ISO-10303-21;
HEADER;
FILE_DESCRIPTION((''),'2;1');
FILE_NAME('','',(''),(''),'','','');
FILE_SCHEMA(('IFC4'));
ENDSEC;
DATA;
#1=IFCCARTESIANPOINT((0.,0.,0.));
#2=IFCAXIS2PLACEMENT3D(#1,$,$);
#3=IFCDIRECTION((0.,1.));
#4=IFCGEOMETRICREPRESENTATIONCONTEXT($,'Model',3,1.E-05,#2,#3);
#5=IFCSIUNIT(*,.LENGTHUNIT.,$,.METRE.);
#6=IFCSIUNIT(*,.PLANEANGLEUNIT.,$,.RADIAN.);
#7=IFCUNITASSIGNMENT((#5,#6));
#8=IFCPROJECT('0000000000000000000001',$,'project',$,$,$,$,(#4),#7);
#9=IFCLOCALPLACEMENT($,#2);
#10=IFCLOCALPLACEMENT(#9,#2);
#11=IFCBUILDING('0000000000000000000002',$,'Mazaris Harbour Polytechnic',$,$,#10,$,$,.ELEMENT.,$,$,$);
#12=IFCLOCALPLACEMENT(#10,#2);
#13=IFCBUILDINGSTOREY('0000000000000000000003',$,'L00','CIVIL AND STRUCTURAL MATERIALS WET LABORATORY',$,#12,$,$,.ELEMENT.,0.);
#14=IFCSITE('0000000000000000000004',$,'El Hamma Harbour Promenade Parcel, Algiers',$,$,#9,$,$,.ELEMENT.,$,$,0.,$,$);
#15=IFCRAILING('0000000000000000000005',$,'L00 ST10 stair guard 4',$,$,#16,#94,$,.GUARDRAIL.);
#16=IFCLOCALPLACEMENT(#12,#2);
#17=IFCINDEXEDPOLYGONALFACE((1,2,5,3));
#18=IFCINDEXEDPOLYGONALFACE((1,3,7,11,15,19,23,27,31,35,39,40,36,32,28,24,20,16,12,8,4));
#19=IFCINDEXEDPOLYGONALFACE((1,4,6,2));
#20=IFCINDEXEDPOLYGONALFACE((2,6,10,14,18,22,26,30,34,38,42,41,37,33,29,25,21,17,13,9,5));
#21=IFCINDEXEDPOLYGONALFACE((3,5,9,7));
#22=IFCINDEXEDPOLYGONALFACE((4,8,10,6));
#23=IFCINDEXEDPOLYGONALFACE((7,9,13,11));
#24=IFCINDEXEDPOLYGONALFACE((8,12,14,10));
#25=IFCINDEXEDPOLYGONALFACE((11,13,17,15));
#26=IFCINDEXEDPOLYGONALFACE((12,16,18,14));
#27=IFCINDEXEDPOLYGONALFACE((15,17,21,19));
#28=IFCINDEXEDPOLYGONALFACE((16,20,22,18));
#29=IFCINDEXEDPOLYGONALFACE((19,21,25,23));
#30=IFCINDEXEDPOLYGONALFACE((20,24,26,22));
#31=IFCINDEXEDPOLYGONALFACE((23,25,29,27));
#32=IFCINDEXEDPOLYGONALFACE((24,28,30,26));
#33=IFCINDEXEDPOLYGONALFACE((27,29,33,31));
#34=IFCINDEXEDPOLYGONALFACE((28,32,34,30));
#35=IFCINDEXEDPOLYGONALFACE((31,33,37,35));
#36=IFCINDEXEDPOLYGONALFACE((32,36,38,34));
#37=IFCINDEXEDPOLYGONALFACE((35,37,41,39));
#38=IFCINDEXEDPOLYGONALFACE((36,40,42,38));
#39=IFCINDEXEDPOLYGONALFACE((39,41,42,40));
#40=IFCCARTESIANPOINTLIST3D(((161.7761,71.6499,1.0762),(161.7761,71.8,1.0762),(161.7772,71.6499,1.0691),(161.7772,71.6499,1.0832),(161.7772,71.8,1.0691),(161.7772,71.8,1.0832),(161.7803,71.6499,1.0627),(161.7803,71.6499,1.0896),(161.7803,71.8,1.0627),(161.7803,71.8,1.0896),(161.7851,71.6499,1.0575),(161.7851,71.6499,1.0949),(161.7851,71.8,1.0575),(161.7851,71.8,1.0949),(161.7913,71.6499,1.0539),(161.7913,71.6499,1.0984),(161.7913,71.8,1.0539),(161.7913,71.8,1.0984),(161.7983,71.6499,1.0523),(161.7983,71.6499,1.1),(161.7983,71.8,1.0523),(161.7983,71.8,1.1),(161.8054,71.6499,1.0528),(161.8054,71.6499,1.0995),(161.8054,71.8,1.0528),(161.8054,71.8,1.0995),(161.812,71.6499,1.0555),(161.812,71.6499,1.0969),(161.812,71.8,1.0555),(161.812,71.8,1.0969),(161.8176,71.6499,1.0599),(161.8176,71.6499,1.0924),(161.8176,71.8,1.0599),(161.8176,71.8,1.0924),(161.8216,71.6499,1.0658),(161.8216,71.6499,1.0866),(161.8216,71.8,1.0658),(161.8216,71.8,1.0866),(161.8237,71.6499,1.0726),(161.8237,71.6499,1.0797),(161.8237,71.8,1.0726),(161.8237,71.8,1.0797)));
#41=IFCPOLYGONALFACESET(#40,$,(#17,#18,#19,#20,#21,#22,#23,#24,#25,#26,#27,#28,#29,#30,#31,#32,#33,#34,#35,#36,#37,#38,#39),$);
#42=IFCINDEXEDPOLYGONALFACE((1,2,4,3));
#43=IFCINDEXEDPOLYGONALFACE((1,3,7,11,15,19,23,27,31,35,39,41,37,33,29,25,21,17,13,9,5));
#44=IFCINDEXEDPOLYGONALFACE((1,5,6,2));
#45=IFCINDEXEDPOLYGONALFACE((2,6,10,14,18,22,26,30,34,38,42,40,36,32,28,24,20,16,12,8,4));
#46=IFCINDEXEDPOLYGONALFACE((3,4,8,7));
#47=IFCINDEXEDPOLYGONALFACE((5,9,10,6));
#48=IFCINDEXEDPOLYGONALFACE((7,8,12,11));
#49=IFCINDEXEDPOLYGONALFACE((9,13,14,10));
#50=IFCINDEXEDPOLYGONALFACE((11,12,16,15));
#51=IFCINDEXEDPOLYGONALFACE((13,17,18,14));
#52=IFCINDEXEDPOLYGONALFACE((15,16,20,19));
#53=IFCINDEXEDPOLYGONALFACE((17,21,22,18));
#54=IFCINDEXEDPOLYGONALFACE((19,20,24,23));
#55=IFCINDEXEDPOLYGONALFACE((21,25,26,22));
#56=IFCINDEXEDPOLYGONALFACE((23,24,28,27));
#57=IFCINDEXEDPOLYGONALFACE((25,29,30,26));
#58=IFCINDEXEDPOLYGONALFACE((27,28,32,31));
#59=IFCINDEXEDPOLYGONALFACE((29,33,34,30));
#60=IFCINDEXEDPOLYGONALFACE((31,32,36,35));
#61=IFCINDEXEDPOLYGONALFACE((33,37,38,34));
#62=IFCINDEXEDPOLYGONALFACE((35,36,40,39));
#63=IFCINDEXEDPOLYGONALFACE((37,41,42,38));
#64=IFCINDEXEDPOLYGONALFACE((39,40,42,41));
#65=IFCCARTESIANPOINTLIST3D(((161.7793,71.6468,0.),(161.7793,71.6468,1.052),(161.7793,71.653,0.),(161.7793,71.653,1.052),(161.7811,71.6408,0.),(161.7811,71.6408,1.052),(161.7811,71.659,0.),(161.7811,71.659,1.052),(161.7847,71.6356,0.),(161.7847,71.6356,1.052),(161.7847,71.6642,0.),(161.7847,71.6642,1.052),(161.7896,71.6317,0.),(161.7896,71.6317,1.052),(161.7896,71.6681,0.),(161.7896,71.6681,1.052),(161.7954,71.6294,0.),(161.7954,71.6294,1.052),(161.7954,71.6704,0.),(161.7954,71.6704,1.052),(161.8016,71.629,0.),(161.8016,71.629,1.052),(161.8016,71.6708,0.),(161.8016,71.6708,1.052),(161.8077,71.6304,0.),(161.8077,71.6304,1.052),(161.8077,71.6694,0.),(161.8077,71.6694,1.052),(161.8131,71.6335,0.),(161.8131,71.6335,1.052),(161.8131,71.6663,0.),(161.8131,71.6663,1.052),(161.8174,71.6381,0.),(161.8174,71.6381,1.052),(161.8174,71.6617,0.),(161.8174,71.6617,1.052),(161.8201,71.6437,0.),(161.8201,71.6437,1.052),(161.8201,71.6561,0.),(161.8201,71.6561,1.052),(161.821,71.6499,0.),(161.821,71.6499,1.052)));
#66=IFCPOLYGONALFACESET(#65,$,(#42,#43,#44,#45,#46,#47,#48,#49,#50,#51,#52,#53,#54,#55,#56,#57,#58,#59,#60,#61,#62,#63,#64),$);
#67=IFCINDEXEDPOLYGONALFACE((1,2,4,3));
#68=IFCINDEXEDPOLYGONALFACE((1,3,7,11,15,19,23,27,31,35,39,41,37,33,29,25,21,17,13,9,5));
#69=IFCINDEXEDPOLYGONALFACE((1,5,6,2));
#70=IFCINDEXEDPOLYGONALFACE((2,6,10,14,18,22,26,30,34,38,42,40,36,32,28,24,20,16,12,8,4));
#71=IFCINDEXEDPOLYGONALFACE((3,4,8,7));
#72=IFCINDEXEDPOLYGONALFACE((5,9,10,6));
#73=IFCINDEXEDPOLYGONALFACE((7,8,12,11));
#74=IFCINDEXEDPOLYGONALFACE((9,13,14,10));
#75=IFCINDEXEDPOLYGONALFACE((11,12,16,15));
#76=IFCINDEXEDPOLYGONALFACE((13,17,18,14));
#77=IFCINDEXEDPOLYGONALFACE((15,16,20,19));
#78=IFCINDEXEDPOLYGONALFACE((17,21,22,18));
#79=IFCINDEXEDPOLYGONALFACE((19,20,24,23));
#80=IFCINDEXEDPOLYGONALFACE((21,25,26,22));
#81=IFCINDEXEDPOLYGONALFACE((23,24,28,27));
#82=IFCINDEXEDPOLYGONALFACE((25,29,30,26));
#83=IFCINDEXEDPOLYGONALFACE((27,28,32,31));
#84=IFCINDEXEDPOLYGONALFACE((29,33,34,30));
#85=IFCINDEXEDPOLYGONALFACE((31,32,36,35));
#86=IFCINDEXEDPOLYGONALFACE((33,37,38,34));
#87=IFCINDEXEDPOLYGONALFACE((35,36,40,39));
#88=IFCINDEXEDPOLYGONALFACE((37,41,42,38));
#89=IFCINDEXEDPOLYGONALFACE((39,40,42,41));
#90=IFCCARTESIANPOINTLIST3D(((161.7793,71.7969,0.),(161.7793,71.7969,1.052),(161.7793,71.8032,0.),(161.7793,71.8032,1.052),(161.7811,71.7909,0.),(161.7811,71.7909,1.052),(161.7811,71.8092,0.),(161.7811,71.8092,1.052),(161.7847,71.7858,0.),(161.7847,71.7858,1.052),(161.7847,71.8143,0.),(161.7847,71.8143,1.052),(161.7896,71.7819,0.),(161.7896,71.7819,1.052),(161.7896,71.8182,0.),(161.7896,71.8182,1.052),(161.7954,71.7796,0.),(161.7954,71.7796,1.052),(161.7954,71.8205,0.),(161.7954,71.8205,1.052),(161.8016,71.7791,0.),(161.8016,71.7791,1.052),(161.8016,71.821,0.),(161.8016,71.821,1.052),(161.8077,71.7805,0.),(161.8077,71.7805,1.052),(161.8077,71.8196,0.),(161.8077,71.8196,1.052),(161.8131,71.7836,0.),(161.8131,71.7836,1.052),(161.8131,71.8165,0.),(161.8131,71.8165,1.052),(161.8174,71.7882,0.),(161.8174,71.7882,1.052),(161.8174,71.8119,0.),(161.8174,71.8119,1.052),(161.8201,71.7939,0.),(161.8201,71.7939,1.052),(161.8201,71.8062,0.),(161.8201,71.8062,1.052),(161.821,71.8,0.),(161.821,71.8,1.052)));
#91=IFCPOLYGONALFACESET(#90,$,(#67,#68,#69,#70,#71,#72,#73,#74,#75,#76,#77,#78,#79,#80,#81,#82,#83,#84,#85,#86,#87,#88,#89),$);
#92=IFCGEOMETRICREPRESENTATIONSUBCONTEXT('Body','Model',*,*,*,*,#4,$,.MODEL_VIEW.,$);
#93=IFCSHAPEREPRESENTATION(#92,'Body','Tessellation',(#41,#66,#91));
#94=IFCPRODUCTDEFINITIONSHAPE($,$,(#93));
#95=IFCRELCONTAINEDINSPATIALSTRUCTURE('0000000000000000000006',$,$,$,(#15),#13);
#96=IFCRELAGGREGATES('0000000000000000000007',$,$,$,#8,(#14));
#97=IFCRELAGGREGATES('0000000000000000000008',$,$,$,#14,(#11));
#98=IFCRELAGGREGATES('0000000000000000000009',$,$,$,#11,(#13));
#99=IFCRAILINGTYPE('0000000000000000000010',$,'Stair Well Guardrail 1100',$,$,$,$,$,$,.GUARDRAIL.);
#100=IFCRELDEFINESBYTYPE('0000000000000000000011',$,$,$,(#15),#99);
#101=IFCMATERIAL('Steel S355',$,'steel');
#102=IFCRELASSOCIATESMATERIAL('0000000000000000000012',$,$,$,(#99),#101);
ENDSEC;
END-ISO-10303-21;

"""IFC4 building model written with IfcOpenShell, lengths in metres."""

from ifc_helpers import new_model, si_unit, direction, frame, origin, origin_2d, place, context, subcontext, project, spatial, circle, extrude, material, type_object, element, save


model = new_model("IFC4")

# Units and contexts
model_context = context("Model", 3, precision=1e-05, world=origin(), true_north=direction((0.0, 1.0)))
body_context = subcontext(model_context, "Body", "Model", "MODEL_VIEW")
ifc_project = project(units=[si_unit("LENGTHUNIT", "METRE"), si_unit("PLANEANGLEUNIT", "RADIAN")], contexts=[model_context])

# Site, building, storey
site_placement = place(None, origin())
site = spatial("IfcSite", under=ifc_project, at=site_placement, Name="El Hamma Harbour Promenade Parcel, Algiers", CompositionType="ELEMENT", RefElevation=0.0)
building_placement = place(site_placement, origin())
building = spatial("IfcBuilding", under=site, at=building_placement, Name="Mazaris Harbour Polytechnic", CompositionType="ELEMENT")
storey_placement = place(building_placement, origin())
storey = spatial("IfcBuildingStorey", under=building, at=storey_placement, Name="L00", Description="CIVIL AND STRUCTURAL MATERIALS WET LABORATORY", CompositionType="ELEMENT", Elevation=0.0)

# Railing
ifc_material_1 = material(Name="Steel S355", Category="steel")
railing_type_1 = type_object("IfcRailingType", Name="Stair Well Guardrail 1100", PredefinedType="GUARDRAIL", material=ifc_material_1)
railing_1_placement = place(storey_placement, frame((161.8, 71.6499, 0.0)))
element("IfcRailing", 1, at=railing_1_placement, inside=storey, type_object=railing_type_1, Name="L00 ST10 stair guard 4", PredefinedType="GUARDRAIL", context=body_context, shape_type="SweptSolid", body=[
    extrude(circle(Radius=0.0239, at=origin_2d()), frame((0.0, 0.0, 1.0762), z_axis=(0.0, 1.0, 0.0), x_axis=(-1.0, 0.0, 0.0)), (0.0, 0.0, 1.0), 0.1501),
    extrude(circle(Radius=0.021, at=origin_2d()), origin(), (0.0, 0.0, 1.0), 1.052),
    extrude(circle(Radius=0.021, at=origin_2d()), frame((0.0, 0.1501, 0.0)), (0.0, 0.0, 1.0), 1.052),
])

save(model, "model.ifc")
